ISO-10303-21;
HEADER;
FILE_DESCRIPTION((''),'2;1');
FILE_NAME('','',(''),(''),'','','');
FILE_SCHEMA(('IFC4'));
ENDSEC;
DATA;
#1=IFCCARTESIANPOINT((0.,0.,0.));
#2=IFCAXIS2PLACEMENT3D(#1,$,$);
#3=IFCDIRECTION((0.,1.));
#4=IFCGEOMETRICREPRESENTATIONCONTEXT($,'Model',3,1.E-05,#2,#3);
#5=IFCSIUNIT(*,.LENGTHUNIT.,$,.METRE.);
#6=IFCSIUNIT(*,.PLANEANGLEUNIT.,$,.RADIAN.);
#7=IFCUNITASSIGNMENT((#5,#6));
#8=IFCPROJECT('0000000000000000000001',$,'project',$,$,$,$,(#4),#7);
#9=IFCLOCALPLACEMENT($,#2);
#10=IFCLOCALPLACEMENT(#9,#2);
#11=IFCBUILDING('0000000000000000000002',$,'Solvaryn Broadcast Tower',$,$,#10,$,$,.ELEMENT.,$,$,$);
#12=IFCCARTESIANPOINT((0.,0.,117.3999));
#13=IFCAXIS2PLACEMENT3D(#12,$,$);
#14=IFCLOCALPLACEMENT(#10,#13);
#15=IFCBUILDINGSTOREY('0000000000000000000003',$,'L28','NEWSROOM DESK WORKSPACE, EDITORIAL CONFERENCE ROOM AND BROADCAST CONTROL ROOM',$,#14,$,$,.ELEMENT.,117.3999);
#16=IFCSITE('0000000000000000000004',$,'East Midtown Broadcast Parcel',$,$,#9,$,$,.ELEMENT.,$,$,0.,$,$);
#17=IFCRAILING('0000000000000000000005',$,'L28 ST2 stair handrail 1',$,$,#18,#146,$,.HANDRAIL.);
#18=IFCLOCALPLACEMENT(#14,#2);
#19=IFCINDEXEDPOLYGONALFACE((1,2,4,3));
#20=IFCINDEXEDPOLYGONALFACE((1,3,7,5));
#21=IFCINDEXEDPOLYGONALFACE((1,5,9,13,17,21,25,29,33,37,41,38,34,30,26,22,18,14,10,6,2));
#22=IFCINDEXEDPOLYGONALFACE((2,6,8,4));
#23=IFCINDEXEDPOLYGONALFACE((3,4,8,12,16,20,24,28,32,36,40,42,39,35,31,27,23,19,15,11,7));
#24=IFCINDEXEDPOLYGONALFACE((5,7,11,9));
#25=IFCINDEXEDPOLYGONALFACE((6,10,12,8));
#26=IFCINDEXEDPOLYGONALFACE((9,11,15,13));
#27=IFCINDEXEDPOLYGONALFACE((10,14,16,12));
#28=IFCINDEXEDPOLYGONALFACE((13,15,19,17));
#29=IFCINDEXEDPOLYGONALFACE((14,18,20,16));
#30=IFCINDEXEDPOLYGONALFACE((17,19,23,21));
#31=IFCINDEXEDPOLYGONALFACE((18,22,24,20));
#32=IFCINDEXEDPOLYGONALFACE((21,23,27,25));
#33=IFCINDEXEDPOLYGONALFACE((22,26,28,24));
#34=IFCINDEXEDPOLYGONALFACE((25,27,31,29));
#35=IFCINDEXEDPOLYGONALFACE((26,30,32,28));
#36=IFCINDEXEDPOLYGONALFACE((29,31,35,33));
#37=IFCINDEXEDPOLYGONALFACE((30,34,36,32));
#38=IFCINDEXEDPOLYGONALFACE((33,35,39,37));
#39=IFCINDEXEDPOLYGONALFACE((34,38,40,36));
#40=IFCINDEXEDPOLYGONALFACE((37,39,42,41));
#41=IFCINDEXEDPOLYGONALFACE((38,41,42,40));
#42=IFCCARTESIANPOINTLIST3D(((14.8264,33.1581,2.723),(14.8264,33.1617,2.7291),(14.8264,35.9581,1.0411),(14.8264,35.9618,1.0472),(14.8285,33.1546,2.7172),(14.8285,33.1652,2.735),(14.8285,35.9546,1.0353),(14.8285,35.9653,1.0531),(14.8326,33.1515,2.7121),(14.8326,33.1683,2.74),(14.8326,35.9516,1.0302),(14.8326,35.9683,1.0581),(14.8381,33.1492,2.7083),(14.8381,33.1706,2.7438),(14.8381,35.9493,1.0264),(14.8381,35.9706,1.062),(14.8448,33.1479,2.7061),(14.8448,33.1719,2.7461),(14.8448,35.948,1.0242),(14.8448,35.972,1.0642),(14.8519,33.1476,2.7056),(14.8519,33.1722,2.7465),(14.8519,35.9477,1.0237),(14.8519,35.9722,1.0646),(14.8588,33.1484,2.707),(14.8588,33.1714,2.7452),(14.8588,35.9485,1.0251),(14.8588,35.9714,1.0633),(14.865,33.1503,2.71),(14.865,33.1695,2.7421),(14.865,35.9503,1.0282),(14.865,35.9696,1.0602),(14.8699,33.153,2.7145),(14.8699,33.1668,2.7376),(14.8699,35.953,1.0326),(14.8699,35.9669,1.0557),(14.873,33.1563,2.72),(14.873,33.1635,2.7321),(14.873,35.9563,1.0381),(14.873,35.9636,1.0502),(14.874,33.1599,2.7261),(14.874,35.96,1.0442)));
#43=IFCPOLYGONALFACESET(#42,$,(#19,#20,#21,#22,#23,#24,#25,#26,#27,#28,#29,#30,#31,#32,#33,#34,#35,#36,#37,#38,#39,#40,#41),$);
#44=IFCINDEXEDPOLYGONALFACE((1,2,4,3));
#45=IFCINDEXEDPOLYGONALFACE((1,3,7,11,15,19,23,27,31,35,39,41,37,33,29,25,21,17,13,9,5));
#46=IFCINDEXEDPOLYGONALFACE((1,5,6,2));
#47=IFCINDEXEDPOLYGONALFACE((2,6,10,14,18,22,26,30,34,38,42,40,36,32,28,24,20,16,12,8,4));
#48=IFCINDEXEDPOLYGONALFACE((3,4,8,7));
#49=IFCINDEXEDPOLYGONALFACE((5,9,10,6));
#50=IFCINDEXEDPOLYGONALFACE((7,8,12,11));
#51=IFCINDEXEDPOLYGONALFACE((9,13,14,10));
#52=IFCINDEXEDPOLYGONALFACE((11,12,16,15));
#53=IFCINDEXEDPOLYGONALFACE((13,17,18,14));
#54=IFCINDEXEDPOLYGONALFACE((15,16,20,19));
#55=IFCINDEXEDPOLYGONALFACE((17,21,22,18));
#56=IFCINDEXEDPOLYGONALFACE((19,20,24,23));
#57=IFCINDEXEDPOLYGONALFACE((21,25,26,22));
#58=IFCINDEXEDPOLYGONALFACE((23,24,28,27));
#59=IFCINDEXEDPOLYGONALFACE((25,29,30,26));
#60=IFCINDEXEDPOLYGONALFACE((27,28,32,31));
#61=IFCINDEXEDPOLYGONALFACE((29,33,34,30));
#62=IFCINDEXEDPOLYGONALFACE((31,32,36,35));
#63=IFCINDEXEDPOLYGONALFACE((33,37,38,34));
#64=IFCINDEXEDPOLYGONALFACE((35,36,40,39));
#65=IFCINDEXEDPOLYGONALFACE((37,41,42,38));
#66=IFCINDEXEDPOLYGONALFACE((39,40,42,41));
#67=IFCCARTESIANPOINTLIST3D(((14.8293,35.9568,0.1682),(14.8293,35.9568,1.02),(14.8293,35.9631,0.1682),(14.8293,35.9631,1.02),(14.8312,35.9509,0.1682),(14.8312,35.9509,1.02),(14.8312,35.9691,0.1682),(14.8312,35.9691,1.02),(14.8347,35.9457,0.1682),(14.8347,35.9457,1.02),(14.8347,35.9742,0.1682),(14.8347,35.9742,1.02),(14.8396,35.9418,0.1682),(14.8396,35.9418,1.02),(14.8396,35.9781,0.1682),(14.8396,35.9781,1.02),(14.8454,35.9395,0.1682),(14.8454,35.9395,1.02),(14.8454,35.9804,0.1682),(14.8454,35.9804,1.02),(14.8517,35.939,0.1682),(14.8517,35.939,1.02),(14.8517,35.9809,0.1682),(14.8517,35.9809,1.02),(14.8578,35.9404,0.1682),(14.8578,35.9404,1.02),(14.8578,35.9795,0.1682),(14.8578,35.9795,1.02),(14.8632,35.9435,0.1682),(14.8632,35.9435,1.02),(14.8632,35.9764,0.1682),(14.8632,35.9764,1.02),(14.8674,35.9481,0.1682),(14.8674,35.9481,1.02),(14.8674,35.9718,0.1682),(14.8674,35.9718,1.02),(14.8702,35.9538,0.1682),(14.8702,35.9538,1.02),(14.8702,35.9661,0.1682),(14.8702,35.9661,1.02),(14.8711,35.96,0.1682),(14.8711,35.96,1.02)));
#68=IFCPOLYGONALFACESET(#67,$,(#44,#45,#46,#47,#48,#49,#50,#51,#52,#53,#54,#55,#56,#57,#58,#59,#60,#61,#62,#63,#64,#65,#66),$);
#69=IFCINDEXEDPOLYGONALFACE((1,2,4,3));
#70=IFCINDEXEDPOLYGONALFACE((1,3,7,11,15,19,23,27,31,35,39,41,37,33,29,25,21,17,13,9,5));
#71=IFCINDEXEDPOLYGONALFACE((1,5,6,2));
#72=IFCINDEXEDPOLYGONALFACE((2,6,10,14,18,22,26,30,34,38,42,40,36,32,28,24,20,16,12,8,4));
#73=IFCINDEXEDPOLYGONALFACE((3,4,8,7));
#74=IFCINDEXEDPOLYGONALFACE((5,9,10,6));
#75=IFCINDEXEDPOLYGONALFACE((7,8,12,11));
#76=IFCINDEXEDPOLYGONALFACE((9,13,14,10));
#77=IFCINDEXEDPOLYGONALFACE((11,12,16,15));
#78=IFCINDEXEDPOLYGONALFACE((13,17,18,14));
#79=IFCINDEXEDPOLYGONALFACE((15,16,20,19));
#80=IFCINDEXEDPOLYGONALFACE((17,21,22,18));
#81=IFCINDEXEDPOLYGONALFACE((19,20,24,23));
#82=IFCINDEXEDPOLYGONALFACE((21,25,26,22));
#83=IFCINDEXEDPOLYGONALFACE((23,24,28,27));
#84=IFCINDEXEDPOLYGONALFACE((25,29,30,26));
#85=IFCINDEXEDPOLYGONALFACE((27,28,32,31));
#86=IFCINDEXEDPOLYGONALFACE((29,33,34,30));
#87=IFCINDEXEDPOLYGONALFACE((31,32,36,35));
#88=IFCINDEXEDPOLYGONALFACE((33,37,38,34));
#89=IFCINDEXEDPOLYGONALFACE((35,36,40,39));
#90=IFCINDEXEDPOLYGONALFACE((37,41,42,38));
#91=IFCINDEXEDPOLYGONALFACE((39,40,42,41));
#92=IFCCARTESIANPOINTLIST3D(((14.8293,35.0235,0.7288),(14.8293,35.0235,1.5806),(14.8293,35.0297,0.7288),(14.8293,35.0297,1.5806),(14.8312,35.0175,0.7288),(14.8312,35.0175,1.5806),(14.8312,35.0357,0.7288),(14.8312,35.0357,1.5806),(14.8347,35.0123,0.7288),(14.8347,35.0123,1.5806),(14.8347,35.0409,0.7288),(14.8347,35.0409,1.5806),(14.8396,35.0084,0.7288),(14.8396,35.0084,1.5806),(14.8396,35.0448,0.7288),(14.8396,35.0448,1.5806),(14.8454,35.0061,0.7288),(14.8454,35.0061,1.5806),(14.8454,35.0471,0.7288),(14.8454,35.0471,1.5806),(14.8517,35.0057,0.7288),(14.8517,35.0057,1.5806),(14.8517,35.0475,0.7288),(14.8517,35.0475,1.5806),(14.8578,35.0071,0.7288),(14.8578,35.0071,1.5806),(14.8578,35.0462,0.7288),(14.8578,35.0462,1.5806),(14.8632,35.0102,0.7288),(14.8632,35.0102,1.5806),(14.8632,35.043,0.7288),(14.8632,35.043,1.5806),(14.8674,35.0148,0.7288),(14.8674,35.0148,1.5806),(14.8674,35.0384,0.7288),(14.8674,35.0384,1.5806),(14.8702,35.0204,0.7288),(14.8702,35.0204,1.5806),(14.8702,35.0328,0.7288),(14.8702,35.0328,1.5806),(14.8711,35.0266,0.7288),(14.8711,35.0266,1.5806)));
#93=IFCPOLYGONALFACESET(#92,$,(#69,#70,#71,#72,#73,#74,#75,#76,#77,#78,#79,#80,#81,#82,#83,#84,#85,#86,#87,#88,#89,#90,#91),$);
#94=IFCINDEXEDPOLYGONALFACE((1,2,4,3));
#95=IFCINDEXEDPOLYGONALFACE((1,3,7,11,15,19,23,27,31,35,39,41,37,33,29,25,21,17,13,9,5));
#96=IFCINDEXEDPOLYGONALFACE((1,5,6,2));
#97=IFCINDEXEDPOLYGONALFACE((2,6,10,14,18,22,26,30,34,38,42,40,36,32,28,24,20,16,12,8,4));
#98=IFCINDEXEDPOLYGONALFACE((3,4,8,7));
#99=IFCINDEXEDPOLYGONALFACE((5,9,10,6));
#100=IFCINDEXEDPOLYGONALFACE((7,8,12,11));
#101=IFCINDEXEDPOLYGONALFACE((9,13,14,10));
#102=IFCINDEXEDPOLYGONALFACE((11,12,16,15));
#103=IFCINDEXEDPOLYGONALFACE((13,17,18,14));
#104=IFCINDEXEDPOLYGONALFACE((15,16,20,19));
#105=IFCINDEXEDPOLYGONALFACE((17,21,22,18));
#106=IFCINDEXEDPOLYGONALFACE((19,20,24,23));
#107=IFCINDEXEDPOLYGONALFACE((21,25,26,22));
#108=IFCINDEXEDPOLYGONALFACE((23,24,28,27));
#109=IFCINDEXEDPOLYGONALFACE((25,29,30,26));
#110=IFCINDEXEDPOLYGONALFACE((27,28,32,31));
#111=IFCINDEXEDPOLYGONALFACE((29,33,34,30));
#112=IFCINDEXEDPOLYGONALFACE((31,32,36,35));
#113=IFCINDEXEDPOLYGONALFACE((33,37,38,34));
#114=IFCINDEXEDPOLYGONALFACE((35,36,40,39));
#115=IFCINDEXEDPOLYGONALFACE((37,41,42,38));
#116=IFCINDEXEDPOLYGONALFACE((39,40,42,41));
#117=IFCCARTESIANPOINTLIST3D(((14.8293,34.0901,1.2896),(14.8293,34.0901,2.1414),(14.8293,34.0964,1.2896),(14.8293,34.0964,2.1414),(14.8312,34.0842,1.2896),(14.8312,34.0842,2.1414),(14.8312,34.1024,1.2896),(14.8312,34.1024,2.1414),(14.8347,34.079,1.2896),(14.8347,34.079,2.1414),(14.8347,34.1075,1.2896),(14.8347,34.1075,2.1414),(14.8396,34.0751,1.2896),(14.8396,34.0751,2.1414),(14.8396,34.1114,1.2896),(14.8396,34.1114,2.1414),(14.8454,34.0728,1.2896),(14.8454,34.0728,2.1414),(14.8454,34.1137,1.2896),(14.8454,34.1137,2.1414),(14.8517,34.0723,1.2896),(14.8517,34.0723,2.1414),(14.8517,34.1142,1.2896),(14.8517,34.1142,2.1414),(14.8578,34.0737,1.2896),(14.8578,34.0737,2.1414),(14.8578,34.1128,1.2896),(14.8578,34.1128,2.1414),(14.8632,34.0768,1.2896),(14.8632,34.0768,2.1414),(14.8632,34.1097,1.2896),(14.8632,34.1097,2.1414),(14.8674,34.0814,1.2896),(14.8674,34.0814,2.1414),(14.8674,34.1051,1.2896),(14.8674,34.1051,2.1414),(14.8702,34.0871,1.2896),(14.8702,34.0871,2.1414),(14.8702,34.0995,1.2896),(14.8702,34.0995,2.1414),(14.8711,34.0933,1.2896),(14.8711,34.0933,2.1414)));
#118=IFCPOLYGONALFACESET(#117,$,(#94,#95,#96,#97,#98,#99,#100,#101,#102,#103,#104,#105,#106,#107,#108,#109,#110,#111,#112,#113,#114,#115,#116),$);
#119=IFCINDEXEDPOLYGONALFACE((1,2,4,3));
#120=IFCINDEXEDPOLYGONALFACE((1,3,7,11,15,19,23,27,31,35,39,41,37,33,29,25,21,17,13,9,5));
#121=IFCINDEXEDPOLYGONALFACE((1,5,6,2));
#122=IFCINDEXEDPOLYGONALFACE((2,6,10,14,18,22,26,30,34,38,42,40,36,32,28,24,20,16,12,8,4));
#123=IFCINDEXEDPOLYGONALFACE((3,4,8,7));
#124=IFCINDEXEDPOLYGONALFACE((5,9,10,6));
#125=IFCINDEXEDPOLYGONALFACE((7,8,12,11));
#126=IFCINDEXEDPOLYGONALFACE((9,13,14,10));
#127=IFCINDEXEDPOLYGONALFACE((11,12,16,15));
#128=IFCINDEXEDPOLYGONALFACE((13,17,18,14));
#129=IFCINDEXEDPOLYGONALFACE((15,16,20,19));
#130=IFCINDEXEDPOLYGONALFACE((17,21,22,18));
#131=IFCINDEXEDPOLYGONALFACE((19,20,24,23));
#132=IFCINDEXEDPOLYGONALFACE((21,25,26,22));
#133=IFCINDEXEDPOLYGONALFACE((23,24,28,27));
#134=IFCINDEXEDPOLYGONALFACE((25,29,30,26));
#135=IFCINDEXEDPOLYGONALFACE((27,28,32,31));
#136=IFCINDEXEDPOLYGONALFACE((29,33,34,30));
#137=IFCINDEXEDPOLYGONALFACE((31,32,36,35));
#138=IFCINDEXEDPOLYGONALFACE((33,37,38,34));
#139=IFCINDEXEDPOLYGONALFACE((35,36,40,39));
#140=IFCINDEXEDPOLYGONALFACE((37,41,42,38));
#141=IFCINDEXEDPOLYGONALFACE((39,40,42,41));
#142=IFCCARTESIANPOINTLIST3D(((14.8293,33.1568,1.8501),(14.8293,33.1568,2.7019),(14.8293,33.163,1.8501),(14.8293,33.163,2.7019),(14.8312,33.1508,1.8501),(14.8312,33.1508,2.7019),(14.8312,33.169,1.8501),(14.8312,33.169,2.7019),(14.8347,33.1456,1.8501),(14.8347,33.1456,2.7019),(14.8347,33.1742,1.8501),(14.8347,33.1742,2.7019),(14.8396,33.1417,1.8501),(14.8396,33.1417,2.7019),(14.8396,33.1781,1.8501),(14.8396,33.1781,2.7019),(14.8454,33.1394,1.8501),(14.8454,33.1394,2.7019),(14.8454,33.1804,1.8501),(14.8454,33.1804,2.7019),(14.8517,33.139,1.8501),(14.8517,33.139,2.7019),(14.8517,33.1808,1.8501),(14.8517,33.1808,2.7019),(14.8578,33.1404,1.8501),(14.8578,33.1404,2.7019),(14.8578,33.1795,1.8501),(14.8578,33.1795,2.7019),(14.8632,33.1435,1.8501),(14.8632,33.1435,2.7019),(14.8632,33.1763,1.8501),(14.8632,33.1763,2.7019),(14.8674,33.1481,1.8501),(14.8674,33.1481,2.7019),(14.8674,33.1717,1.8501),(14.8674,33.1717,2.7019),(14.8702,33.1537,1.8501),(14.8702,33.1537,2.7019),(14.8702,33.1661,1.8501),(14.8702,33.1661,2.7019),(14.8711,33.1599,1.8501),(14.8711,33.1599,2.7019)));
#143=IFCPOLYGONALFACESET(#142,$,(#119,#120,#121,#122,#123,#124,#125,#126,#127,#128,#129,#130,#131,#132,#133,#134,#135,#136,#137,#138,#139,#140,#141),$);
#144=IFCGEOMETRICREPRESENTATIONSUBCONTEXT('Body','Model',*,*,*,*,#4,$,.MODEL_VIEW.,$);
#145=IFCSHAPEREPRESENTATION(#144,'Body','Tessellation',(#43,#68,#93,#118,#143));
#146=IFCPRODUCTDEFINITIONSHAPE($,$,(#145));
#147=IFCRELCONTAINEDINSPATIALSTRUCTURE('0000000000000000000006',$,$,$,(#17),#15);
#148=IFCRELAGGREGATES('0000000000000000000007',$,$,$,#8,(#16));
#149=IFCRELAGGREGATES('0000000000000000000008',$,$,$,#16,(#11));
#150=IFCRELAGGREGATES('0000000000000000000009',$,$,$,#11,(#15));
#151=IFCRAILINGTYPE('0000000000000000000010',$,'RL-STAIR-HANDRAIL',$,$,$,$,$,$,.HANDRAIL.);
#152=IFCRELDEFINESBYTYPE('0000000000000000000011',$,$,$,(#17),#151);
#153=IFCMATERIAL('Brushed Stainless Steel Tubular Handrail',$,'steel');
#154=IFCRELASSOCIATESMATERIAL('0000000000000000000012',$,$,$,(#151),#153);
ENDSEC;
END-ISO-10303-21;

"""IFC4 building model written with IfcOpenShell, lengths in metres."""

from ifc_helpers import new_model, si_unit, direction, frame, origin, origin_2d, place, context, subcontext, project, spatial, circle, extrude, material, type_object, element, save


model = new_model("IFC4")

# Units and contexts
model_context = context("Model", 3, precision=1e-05, world=origin(), true_north=direction((0.0, 1.0)))
body_context = subcontext(model_context, "Body", "Model", "MODEL_VIEW")
ifc_project = project(units=[si_unit("LENGTHUNIT", "METRE"), si_unit("PLANEANGLEUNIT", "RADIAN")], contexts=[model_context])

# Site, building, storey
site_placement = place(None, origin())
site = spatial("IfcSite", under=ifc_project, at=site_placement, Name="East Midtown Broadcast Parcel", CompositionType="ELEMENT", RefElevation=0.0)
building_placement = place(site_placement, origin())
building = spatial("IfcBuilding", under=site, at=building_placement, Name="Solvaryn Broadcast Tower", CompositionType="ELEMENT")
storey_placement = place(building_placement, frame((0.0, 0.0, 117.3999)))
storey = spatial("IfcBuildingStorey", under=building, at=storey_placement, Name="L28", Description="NEWSROOM DESK WORKSPACE, EDITORIAL CONFERENCE ROOM AND BROADCAST CONTROL ROOM", CompositionType="ELEMENT", Elevation=117.3999)

# Railing
ifc_material_1 = material(Name="Brushed Stainless Steel Tubular Handrail", Category="steel")
railing_type_1 = type_object("IfcRailingType", Name="RL-STAIR-HANDRAIL", PredefinedType="HANDRAIL", material=ifc_material_1)
railing_1_placement = place(storey_placement, frame((14.8501, 35.96, 0.1682)))
element("IfcRailing", 1, at=railing_1_placement, inside=storey, type_object=railing_type_1, Name="L28 ST2 stair handrail 1", PredefinedType="HANDRAIL", context=body_context, shape_type="SweptSolid", body=[
    extrude(circle(Radius=0.0239, at=origin_2d()), frame((0.0, 0.0, 0.876), z_axis=(0.0, -0.857242, 0.514913), x_axis=(1.0, 0.0, 0.0)), (0.0, 0.0, 1.0), 3.2664),
    extrude(circle(Radius=0.021, at=origin_2d()), origin(), (0.0, 0.0, 1.0), 0.8518),
    extrude(circle(Radius=0.021, at=origin_2d()), frame((0.0, -0.9333, 0.5605)), (0.0, 0.0, 1.0), 0.8518),
    extrude(circle(Radius=0.021, at=origin_2d()), frame((0.0, -1.8667, 1.1213)), (0.0, 0.0, 1.0), 0.8518),
    extrude(circle(Radius=0.021, at=origin_2d()), frame((0.0, -2.8, 1.6819)), (0.0, 0.0, 1.0), 0.8518),
])

save(model, "model.ifc")
